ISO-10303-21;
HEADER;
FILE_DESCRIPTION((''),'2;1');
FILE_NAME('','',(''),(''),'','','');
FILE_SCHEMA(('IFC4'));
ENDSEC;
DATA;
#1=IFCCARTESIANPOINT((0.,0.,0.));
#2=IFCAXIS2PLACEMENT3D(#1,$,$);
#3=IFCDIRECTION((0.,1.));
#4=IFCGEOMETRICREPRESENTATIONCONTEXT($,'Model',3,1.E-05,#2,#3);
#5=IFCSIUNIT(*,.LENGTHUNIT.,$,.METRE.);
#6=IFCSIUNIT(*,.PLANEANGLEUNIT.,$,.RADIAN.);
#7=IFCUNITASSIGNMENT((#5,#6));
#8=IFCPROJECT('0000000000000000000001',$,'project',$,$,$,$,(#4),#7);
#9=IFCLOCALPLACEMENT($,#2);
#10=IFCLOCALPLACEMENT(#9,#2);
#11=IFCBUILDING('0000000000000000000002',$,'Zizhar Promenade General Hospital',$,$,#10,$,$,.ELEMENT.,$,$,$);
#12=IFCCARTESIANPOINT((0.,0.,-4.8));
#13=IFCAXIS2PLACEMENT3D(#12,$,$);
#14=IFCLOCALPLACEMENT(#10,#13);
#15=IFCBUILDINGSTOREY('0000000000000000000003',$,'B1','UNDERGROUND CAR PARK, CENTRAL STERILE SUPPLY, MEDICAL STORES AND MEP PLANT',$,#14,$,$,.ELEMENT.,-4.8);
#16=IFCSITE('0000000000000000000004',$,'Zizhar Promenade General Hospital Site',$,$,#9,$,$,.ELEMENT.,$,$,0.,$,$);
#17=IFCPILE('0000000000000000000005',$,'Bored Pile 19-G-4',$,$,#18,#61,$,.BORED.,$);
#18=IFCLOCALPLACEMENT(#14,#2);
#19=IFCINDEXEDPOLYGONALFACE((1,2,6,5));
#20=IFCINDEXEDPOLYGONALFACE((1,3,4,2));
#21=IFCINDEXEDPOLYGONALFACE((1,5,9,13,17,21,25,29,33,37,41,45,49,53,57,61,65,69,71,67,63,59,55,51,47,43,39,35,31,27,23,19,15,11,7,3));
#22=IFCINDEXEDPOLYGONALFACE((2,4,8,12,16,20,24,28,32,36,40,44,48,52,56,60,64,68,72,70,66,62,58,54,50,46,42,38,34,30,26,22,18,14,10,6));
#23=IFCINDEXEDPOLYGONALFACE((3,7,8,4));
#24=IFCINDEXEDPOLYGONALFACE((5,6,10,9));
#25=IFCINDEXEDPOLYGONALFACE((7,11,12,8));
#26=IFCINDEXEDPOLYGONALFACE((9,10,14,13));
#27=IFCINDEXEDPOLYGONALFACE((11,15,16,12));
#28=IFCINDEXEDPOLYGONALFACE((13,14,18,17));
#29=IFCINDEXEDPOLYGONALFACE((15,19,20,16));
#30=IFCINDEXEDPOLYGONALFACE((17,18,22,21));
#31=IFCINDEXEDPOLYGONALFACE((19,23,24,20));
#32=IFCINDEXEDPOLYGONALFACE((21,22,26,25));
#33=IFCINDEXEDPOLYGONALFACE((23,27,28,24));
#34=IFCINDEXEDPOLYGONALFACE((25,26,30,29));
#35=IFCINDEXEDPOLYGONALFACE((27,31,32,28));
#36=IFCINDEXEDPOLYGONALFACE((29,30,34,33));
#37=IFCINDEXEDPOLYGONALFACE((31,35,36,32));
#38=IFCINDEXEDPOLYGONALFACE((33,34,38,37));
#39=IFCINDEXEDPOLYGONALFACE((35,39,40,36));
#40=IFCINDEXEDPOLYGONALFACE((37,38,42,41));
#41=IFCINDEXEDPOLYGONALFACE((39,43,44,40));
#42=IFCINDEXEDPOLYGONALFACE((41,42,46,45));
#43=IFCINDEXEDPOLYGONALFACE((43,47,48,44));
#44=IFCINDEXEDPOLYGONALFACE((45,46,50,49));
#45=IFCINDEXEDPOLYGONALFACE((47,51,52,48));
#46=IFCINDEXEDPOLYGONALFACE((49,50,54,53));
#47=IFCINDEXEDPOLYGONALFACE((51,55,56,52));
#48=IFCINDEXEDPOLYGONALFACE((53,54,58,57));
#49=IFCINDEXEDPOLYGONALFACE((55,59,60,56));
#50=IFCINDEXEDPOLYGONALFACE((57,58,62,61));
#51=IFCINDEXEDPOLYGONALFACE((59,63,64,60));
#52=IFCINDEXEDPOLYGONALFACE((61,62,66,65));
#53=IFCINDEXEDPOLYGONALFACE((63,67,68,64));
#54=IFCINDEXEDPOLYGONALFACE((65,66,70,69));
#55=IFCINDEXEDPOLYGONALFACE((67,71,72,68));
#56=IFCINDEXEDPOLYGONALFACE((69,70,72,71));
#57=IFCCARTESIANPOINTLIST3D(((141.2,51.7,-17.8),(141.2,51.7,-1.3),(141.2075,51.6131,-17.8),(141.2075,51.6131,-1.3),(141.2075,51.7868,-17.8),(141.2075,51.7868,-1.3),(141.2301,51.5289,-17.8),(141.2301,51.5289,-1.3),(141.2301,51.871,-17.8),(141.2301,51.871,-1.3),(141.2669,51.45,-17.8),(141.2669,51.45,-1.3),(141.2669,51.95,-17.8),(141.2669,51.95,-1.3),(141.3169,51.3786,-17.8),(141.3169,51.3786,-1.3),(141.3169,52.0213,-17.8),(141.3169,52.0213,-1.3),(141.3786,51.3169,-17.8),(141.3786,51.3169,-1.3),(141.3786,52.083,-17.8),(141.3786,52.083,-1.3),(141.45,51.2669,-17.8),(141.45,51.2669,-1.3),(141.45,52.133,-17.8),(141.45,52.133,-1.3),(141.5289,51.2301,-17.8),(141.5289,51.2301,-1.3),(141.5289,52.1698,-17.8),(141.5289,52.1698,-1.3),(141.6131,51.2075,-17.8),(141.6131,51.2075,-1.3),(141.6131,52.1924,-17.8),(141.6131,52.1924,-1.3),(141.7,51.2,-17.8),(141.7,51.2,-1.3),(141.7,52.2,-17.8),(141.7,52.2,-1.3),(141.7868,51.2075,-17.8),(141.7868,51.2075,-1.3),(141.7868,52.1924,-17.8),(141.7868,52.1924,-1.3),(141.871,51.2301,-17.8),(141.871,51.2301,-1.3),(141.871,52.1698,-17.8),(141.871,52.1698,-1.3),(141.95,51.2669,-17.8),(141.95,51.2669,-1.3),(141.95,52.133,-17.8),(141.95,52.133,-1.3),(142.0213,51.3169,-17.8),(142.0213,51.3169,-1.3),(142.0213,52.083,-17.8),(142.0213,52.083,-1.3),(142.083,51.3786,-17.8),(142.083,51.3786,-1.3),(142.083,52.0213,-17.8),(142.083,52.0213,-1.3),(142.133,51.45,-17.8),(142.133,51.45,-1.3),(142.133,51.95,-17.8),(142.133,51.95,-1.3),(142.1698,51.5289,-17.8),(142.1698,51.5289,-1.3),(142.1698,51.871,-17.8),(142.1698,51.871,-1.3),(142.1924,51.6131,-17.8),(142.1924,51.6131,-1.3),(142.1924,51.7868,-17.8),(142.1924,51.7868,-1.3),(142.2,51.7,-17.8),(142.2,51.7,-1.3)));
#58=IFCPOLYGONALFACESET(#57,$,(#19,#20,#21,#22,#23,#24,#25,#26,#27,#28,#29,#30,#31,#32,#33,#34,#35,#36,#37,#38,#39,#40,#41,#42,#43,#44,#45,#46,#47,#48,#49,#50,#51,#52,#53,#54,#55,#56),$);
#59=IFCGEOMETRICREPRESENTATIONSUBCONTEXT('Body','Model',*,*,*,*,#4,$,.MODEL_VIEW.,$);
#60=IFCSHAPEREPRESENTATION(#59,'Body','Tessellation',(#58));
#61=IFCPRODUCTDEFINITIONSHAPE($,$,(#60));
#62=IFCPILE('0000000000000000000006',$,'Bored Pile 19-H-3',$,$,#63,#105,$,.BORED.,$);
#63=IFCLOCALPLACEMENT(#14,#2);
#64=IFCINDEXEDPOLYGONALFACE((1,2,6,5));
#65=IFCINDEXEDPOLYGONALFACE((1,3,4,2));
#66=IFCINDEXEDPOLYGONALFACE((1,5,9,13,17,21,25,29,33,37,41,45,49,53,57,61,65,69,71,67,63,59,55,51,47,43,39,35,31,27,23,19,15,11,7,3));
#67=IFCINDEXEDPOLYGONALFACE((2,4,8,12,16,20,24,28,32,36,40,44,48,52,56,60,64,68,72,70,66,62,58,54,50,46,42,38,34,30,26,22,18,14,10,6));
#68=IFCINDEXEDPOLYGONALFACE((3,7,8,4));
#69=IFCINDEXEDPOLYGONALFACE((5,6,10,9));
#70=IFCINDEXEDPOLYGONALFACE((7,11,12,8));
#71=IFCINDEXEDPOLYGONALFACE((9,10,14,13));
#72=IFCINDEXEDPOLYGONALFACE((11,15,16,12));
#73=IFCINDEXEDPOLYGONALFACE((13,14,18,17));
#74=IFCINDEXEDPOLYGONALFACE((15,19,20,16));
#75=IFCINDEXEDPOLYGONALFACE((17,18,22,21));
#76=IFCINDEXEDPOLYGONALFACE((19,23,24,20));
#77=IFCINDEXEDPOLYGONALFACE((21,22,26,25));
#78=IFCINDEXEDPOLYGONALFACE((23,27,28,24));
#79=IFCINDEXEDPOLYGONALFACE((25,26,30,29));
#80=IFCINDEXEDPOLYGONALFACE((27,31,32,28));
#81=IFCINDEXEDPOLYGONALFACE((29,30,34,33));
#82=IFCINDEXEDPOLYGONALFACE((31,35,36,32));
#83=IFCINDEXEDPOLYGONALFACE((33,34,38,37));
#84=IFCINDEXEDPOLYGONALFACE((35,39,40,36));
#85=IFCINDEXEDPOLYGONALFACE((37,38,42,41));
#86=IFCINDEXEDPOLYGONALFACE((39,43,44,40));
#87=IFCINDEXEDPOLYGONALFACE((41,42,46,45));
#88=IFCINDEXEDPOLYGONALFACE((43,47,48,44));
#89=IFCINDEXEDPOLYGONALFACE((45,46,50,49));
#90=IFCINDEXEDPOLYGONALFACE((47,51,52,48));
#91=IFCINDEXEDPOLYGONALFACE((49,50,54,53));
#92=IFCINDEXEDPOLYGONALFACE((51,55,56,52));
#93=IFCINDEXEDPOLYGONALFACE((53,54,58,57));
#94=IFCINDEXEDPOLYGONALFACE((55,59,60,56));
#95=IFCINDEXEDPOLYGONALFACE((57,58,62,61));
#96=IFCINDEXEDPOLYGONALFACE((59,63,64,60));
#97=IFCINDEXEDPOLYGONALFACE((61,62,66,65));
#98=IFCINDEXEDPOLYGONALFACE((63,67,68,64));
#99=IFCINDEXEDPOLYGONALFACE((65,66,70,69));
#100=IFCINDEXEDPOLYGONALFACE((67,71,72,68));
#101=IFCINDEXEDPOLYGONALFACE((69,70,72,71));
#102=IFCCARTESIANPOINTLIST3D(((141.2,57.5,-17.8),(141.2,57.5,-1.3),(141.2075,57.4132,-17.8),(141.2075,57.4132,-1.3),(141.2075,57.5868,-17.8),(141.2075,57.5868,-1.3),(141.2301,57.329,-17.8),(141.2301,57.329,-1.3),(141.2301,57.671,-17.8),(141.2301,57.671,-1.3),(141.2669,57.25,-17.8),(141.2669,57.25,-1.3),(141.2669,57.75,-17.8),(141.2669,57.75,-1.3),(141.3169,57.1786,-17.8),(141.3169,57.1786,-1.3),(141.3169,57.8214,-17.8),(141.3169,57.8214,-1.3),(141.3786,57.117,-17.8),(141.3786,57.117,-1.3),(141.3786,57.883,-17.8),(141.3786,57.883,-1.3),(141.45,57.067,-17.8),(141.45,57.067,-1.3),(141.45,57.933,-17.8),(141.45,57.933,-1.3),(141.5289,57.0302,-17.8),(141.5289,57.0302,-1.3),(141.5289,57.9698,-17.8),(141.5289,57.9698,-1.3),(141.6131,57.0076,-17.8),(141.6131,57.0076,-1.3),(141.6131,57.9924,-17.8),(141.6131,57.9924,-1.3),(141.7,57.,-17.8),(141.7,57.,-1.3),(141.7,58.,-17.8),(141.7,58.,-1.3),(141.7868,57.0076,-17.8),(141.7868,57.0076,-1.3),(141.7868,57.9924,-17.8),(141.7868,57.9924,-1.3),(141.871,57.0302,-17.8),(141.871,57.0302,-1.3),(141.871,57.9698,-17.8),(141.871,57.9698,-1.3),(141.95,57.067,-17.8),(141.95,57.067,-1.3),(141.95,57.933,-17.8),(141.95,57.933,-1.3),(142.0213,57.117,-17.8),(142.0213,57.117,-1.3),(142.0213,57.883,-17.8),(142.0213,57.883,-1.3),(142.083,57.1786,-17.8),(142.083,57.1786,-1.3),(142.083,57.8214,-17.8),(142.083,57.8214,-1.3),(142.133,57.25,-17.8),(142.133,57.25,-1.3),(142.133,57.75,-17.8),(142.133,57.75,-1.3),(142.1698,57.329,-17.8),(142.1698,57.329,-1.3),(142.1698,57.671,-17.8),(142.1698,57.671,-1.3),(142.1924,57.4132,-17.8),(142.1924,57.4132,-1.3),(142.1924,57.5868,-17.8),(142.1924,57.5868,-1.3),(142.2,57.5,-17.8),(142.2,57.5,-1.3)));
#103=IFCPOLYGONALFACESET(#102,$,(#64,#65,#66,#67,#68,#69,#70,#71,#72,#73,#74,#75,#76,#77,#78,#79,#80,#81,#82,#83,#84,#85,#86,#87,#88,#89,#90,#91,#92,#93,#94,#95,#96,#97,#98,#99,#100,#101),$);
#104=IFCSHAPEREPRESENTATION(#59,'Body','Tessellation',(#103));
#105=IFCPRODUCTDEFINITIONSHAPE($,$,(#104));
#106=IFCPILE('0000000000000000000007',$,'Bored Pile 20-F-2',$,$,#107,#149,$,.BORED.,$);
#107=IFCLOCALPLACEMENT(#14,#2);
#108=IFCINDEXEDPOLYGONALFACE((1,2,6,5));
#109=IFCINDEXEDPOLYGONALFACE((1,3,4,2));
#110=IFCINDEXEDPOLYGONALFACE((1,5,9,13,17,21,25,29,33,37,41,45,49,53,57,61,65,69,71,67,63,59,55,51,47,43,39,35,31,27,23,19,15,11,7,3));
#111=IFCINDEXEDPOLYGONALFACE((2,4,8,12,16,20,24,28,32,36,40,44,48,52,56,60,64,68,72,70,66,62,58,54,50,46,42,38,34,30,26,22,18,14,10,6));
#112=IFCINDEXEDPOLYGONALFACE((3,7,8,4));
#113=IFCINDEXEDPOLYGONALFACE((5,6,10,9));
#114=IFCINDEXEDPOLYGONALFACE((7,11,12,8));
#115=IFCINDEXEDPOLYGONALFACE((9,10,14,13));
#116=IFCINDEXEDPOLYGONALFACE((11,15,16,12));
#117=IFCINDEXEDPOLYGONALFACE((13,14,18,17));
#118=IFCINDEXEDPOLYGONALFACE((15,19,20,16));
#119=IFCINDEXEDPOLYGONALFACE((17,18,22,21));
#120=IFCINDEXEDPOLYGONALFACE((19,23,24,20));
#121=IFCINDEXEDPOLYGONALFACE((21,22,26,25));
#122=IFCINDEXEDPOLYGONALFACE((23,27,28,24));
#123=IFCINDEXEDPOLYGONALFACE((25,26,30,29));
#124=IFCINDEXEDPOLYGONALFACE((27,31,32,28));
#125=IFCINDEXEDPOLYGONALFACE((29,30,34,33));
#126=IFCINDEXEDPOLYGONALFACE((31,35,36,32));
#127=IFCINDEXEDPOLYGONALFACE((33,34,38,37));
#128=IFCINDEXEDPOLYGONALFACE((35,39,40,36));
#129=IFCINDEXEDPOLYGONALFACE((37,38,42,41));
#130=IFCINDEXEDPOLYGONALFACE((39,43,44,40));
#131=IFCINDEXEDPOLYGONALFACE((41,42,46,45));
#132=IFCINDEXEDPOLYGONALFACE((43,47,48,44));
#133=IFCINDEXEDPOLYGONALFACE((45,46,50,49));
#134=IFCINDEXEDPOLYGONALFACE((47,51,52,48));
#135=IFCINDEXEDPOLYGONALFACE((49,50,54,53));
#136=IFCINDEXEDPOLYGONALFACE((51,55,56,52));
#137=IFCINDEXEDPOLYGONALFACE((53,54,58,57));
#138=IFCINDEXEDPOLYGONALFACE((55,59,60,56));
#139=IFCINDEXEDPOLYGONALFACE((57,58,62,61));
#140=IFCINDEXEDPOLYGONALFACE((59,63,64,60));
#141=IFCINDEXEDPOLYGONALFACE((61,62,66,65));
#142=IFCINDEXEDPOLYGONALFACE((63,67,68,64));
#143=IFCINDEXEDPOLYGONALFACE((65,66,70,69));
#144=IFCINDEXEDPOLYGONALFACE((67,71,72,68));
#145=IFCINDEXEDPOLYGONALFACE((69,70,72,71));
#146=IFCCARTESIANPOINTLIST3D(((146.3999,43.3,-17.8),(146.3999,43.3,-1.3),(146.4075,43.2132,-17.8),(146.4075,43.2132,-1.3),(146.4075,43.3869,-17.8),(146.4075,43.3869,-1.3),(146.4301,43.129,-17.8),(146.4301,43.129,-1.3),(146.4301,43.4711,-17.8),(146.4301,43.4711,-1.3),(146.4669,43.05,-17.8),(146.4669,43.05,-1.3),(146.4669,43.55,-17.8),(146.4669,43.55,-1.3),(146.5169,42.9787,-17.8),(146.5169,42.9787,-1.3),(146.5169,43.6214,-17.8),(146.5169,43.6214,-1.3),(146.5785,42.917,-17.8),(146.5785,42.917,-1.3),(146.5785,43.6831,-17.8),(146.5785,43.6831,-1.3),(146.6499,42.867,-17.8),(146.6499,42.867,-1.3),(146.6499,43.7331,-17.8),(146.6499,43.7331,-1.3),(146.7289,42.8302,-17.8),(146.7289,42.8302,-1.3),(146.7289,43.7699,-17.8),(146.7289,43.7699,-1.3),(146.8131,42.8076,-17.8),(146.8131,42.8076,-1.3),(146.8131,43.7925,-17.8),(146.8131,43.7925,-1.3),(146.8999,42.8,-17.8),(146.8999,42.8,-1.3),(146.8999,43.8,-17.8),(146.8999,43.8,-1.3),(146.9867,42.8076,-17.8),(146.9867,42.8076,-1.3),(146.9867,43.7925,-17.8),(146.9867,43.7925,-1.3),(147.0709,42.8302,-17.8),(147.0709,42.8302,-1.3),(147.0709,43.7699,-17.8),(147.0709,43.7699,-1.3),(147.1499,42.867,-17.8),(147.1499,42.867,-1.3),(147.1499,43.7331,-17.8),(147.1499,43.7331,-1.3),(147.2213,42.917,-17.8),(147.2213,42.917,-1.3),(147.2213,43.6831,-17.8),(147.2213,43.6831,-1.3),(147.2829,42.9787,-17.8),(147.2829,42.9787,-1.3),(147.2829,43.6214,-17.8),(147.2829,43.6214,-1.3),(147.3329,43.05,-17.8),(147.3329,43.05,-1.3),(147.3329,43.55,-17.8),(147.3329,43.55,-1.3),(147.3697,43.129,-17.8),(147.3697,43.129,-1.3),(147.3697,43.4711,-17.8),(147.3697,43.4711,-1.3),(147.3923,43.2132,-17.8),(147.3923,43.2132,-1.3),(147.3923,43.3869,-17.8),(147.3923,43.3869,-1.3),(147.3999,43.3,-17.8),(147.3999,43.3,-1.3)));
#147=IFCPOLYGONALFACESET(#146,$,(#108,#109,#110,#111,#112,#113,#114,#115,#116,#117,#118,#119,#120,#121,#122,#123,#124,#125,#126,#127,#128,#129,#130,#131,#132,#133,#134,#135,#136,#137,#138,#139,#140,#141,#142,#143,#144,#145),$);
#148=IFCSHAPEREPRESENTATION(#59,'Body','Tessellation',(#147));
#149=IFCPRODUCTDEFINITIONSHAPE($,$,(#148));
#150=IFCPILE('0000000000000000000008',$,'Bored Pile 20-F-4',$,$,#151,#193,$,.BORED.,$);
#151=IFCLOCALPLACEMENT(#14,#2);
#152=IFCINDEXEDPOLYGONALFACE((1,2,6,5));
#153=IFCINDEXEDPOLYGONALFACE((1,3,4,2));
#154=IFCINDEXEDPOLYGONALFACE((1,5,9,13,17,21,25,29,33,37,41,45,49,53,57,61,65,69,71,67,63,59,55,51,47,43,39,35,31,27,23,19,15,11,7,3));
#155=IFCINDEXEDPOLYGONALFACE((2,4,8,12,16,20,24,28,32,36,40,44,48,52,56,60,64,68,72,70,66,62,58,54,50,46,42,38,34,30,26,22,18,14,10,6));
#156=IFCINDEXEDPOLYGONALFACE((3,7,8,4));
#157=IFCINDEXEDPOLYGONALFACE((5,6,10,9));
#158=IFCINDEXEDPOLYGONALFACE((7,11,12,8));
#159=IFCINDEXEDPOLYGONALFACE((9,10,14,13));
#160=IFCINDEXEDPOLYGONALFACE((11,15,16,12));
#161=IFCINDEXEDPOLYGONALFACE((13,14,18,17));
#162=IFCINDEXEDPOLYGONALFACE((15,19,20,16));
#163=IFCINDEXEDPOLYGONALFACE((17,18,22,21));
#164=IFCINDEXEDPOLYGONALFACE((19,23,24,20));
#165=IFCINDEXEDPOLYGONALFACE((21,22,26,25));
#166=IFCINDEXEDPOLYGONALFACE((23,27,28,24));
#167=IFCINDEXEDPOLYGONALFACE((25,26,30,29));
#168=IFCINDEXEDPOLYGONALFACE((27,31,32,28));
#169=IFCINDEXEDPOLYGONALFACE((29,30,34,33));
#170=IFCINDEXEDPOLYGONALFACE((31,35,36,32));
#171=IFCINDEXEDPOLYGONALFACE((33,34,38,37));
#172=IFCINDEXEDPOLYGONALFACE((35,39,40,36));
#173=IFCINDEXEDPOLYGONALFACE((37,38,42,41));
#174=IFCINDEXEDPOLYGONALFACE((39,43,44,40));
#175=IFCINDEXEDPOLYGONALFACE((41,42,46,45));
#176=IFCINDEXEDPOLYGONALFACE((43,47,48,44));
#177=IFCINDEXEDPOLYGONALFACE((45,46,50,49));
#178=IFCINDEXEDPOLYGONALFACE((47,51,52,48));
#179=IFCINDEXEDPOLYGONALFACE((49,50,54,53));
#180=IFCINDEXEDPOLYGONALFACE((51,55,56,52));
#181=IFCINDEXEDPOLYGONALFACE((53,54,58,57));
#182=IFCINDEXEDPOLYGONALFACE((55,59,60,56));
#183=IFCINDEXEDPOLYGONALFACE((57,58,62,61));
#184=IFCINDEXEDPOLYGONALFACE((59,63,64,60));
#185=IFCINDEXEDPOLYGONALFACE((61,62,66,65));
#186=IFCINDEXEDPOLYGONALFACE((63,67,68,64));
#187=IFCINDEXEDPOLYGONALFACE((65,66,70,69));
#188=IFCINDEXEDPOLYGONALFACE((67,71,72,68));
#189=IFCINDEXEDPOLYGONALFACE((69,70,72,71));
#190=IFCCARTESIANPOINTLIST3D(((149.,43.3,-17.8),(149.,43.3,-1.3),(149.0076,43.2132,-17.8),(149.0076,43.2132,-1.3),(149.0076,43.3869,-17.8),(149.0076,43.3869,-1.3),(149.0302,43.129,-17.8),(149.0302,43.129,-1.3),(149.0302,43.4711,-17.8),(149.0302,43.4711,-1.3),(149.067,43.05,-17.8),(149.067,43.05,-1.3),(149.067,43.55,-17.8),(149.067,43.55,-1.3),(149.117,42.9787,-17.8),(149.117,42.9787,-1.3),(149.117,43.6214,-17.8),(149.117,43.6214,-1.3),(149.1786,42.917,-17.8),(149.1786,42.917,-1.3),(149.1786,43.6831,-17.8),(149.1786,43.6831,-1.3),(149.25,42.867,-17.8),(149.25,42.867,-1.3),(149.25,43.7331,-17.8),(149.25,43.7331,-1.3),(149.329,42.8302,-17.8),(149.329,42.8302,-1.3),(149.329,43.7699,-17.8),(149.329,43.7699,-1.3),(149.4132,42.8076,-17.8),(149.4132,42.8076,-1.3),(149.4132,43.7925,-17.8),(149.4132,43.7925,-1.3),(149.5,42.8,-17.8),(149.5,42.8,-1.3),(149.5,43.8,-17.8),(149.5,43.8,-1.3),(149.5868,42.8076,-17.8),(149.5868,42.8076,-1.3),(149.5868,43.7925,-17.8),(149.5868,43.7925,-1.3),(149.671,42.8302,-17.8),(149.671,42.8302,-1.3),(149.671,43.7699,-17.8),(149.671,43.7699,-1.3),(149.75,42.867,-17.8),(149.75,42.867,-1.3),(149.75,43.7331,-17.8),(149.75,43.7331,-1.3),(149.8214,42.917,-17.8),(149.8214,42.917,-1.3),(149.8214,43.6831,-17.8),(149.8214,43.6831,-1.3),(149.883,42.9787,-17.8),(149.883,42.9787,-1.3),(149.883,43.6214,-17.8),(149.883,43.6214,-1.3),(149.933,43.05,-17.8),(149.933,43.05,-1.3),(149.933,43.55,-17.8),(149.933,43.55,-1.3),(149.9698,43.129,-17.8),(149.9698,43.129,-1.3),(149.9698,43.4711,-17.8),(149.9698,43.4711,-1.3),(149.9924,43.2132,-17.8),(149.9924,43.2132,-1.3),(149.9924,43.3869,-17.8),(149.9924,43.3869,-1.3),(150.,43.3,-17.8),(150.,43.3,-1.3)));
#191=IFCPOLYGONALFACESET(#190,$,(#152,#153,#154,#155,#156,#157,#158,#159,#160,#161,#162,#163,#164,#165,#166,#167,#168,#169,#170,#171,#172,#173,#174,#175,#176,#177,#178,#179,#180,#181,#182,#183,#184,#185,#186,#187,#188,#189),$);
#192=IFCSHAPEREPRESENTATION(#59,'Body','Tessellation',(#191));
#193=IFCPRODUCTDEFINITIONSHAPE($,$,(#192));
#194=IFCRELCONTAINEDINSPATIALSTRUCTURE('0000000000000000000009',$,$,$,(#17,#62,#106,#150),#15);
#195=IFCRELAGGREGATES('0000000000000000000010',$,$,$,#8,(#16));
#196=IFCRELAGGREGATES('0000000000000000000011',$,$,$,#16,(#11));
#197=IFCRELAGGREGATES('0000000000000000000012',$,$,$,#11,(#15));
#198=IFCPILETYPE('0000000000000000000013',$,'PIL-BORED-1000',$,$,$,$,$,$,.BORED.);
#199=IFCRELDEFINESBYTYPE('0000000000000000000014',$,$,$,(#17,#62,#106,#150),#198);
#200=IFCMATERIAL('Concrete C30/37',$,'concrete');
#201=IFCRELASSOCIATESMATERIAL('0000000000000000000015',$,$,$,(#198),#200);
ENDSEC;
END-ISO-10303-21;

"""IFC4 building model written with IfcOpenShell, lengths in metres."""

from ifc_helpers import new_model, si_unit, direction, frame, origin, origin_2d, place, context, subcontext, project, spatial, circle, extrude, material, material_profile, profile_set, type_object, element, save


model = new_model("IFC4")

# Units and contexts
model_context = context("Model", 3, precision=1e-05, world=origin(), true_north=direction((0.0, 1.0)))
body_context = subcontext(model_context, "Body", "Model", "MODEL_VIEW")
ifc_project = project(units=[si_unit("LENGTHUNIT", "METRE"), si_unit("PLANEANGLEUNIT", "RADIAN")], contexts=[model_context])

# Site, building, storey
site_placement = place(None, origin())
site = spatial("IfcSite", under=ifc_project, at=site_placement, Name="Zizhar Promenade General Hospital Site", CompositionType="ELEMENT", RefElevation=0.0)
building_placement = place(site_placement, origin())
building = spatial("IfcBuilding", under=site, at=building_placement, Name="Zizhar Promenade General Hospital", CompositionType="ELEMENT")
storey_placement = place(building_placement, frame((0.0, 0.0, -4.8)))
storey = spatial("IfcBuildingStorey", under=building, at=storey_placement, Name="B1", Description="UNDERGROUND CAR PARK, CENTRAL STERILE SUPPLY, MEDICAL STORES AND MEP PLANT", CompositionType="ELEMENT", Elevation=-4.8)

# Piles
ifc_material_1 = material(Name="Concrete C30/37", Category="concrete")
ifc_material_profile_1 = material_profile(ifc_material_1, circle(Radius=0.5, at=origin_2d()))
ifc_profile_set_1 = profile_set([ifc_material_profile_1], Name="Concrete C30/37")
pile_type = type_object("IfcPileType", Name="PIL-BORED-1000", PredefinedType="BORED", material=ifc_profile_set_1)
for number, where, z_axis, x_axis, name in (
    (1, (141.7, 51.7, -1.3), (0.0, 0.0, -1.0), (1.0, 0.0, 0.0), "Bored Pile 19-G-4"),
    (2, (141.7, 57.5, -1.3), (0.0, 0.0, -1.0), (1.0, 0.0, 0.0), "Bored Pile 19-H-3"),
    (3, (146.8999, 43.3, -1.3), (0.0, 0.0, -1.0), (1.0, 0.0, 0.0), "Bored Pile 20-F-2"),
    (4, (149.5, 43.3, -1.3), (0.0, 0.0, -1.0), (1.0, 0.0, 0.0), "Bored Pile 20-F-4"),
):
    element("IfcPile", number, at=place(storey_placement, frame(where, z_axis=z_axis, x_axis=x_axis)), inside=storey, type_object=pile_type, Name=name, PredefinedType="BORED", context=body_context, shape_type="SweptSolid", body=[
        extrude(circle(Radius=0.5, at=origin_2d()), origin(), (0.0, 0.0, 1.0), 16.5),
    ])

save(model, "model.ifc")
